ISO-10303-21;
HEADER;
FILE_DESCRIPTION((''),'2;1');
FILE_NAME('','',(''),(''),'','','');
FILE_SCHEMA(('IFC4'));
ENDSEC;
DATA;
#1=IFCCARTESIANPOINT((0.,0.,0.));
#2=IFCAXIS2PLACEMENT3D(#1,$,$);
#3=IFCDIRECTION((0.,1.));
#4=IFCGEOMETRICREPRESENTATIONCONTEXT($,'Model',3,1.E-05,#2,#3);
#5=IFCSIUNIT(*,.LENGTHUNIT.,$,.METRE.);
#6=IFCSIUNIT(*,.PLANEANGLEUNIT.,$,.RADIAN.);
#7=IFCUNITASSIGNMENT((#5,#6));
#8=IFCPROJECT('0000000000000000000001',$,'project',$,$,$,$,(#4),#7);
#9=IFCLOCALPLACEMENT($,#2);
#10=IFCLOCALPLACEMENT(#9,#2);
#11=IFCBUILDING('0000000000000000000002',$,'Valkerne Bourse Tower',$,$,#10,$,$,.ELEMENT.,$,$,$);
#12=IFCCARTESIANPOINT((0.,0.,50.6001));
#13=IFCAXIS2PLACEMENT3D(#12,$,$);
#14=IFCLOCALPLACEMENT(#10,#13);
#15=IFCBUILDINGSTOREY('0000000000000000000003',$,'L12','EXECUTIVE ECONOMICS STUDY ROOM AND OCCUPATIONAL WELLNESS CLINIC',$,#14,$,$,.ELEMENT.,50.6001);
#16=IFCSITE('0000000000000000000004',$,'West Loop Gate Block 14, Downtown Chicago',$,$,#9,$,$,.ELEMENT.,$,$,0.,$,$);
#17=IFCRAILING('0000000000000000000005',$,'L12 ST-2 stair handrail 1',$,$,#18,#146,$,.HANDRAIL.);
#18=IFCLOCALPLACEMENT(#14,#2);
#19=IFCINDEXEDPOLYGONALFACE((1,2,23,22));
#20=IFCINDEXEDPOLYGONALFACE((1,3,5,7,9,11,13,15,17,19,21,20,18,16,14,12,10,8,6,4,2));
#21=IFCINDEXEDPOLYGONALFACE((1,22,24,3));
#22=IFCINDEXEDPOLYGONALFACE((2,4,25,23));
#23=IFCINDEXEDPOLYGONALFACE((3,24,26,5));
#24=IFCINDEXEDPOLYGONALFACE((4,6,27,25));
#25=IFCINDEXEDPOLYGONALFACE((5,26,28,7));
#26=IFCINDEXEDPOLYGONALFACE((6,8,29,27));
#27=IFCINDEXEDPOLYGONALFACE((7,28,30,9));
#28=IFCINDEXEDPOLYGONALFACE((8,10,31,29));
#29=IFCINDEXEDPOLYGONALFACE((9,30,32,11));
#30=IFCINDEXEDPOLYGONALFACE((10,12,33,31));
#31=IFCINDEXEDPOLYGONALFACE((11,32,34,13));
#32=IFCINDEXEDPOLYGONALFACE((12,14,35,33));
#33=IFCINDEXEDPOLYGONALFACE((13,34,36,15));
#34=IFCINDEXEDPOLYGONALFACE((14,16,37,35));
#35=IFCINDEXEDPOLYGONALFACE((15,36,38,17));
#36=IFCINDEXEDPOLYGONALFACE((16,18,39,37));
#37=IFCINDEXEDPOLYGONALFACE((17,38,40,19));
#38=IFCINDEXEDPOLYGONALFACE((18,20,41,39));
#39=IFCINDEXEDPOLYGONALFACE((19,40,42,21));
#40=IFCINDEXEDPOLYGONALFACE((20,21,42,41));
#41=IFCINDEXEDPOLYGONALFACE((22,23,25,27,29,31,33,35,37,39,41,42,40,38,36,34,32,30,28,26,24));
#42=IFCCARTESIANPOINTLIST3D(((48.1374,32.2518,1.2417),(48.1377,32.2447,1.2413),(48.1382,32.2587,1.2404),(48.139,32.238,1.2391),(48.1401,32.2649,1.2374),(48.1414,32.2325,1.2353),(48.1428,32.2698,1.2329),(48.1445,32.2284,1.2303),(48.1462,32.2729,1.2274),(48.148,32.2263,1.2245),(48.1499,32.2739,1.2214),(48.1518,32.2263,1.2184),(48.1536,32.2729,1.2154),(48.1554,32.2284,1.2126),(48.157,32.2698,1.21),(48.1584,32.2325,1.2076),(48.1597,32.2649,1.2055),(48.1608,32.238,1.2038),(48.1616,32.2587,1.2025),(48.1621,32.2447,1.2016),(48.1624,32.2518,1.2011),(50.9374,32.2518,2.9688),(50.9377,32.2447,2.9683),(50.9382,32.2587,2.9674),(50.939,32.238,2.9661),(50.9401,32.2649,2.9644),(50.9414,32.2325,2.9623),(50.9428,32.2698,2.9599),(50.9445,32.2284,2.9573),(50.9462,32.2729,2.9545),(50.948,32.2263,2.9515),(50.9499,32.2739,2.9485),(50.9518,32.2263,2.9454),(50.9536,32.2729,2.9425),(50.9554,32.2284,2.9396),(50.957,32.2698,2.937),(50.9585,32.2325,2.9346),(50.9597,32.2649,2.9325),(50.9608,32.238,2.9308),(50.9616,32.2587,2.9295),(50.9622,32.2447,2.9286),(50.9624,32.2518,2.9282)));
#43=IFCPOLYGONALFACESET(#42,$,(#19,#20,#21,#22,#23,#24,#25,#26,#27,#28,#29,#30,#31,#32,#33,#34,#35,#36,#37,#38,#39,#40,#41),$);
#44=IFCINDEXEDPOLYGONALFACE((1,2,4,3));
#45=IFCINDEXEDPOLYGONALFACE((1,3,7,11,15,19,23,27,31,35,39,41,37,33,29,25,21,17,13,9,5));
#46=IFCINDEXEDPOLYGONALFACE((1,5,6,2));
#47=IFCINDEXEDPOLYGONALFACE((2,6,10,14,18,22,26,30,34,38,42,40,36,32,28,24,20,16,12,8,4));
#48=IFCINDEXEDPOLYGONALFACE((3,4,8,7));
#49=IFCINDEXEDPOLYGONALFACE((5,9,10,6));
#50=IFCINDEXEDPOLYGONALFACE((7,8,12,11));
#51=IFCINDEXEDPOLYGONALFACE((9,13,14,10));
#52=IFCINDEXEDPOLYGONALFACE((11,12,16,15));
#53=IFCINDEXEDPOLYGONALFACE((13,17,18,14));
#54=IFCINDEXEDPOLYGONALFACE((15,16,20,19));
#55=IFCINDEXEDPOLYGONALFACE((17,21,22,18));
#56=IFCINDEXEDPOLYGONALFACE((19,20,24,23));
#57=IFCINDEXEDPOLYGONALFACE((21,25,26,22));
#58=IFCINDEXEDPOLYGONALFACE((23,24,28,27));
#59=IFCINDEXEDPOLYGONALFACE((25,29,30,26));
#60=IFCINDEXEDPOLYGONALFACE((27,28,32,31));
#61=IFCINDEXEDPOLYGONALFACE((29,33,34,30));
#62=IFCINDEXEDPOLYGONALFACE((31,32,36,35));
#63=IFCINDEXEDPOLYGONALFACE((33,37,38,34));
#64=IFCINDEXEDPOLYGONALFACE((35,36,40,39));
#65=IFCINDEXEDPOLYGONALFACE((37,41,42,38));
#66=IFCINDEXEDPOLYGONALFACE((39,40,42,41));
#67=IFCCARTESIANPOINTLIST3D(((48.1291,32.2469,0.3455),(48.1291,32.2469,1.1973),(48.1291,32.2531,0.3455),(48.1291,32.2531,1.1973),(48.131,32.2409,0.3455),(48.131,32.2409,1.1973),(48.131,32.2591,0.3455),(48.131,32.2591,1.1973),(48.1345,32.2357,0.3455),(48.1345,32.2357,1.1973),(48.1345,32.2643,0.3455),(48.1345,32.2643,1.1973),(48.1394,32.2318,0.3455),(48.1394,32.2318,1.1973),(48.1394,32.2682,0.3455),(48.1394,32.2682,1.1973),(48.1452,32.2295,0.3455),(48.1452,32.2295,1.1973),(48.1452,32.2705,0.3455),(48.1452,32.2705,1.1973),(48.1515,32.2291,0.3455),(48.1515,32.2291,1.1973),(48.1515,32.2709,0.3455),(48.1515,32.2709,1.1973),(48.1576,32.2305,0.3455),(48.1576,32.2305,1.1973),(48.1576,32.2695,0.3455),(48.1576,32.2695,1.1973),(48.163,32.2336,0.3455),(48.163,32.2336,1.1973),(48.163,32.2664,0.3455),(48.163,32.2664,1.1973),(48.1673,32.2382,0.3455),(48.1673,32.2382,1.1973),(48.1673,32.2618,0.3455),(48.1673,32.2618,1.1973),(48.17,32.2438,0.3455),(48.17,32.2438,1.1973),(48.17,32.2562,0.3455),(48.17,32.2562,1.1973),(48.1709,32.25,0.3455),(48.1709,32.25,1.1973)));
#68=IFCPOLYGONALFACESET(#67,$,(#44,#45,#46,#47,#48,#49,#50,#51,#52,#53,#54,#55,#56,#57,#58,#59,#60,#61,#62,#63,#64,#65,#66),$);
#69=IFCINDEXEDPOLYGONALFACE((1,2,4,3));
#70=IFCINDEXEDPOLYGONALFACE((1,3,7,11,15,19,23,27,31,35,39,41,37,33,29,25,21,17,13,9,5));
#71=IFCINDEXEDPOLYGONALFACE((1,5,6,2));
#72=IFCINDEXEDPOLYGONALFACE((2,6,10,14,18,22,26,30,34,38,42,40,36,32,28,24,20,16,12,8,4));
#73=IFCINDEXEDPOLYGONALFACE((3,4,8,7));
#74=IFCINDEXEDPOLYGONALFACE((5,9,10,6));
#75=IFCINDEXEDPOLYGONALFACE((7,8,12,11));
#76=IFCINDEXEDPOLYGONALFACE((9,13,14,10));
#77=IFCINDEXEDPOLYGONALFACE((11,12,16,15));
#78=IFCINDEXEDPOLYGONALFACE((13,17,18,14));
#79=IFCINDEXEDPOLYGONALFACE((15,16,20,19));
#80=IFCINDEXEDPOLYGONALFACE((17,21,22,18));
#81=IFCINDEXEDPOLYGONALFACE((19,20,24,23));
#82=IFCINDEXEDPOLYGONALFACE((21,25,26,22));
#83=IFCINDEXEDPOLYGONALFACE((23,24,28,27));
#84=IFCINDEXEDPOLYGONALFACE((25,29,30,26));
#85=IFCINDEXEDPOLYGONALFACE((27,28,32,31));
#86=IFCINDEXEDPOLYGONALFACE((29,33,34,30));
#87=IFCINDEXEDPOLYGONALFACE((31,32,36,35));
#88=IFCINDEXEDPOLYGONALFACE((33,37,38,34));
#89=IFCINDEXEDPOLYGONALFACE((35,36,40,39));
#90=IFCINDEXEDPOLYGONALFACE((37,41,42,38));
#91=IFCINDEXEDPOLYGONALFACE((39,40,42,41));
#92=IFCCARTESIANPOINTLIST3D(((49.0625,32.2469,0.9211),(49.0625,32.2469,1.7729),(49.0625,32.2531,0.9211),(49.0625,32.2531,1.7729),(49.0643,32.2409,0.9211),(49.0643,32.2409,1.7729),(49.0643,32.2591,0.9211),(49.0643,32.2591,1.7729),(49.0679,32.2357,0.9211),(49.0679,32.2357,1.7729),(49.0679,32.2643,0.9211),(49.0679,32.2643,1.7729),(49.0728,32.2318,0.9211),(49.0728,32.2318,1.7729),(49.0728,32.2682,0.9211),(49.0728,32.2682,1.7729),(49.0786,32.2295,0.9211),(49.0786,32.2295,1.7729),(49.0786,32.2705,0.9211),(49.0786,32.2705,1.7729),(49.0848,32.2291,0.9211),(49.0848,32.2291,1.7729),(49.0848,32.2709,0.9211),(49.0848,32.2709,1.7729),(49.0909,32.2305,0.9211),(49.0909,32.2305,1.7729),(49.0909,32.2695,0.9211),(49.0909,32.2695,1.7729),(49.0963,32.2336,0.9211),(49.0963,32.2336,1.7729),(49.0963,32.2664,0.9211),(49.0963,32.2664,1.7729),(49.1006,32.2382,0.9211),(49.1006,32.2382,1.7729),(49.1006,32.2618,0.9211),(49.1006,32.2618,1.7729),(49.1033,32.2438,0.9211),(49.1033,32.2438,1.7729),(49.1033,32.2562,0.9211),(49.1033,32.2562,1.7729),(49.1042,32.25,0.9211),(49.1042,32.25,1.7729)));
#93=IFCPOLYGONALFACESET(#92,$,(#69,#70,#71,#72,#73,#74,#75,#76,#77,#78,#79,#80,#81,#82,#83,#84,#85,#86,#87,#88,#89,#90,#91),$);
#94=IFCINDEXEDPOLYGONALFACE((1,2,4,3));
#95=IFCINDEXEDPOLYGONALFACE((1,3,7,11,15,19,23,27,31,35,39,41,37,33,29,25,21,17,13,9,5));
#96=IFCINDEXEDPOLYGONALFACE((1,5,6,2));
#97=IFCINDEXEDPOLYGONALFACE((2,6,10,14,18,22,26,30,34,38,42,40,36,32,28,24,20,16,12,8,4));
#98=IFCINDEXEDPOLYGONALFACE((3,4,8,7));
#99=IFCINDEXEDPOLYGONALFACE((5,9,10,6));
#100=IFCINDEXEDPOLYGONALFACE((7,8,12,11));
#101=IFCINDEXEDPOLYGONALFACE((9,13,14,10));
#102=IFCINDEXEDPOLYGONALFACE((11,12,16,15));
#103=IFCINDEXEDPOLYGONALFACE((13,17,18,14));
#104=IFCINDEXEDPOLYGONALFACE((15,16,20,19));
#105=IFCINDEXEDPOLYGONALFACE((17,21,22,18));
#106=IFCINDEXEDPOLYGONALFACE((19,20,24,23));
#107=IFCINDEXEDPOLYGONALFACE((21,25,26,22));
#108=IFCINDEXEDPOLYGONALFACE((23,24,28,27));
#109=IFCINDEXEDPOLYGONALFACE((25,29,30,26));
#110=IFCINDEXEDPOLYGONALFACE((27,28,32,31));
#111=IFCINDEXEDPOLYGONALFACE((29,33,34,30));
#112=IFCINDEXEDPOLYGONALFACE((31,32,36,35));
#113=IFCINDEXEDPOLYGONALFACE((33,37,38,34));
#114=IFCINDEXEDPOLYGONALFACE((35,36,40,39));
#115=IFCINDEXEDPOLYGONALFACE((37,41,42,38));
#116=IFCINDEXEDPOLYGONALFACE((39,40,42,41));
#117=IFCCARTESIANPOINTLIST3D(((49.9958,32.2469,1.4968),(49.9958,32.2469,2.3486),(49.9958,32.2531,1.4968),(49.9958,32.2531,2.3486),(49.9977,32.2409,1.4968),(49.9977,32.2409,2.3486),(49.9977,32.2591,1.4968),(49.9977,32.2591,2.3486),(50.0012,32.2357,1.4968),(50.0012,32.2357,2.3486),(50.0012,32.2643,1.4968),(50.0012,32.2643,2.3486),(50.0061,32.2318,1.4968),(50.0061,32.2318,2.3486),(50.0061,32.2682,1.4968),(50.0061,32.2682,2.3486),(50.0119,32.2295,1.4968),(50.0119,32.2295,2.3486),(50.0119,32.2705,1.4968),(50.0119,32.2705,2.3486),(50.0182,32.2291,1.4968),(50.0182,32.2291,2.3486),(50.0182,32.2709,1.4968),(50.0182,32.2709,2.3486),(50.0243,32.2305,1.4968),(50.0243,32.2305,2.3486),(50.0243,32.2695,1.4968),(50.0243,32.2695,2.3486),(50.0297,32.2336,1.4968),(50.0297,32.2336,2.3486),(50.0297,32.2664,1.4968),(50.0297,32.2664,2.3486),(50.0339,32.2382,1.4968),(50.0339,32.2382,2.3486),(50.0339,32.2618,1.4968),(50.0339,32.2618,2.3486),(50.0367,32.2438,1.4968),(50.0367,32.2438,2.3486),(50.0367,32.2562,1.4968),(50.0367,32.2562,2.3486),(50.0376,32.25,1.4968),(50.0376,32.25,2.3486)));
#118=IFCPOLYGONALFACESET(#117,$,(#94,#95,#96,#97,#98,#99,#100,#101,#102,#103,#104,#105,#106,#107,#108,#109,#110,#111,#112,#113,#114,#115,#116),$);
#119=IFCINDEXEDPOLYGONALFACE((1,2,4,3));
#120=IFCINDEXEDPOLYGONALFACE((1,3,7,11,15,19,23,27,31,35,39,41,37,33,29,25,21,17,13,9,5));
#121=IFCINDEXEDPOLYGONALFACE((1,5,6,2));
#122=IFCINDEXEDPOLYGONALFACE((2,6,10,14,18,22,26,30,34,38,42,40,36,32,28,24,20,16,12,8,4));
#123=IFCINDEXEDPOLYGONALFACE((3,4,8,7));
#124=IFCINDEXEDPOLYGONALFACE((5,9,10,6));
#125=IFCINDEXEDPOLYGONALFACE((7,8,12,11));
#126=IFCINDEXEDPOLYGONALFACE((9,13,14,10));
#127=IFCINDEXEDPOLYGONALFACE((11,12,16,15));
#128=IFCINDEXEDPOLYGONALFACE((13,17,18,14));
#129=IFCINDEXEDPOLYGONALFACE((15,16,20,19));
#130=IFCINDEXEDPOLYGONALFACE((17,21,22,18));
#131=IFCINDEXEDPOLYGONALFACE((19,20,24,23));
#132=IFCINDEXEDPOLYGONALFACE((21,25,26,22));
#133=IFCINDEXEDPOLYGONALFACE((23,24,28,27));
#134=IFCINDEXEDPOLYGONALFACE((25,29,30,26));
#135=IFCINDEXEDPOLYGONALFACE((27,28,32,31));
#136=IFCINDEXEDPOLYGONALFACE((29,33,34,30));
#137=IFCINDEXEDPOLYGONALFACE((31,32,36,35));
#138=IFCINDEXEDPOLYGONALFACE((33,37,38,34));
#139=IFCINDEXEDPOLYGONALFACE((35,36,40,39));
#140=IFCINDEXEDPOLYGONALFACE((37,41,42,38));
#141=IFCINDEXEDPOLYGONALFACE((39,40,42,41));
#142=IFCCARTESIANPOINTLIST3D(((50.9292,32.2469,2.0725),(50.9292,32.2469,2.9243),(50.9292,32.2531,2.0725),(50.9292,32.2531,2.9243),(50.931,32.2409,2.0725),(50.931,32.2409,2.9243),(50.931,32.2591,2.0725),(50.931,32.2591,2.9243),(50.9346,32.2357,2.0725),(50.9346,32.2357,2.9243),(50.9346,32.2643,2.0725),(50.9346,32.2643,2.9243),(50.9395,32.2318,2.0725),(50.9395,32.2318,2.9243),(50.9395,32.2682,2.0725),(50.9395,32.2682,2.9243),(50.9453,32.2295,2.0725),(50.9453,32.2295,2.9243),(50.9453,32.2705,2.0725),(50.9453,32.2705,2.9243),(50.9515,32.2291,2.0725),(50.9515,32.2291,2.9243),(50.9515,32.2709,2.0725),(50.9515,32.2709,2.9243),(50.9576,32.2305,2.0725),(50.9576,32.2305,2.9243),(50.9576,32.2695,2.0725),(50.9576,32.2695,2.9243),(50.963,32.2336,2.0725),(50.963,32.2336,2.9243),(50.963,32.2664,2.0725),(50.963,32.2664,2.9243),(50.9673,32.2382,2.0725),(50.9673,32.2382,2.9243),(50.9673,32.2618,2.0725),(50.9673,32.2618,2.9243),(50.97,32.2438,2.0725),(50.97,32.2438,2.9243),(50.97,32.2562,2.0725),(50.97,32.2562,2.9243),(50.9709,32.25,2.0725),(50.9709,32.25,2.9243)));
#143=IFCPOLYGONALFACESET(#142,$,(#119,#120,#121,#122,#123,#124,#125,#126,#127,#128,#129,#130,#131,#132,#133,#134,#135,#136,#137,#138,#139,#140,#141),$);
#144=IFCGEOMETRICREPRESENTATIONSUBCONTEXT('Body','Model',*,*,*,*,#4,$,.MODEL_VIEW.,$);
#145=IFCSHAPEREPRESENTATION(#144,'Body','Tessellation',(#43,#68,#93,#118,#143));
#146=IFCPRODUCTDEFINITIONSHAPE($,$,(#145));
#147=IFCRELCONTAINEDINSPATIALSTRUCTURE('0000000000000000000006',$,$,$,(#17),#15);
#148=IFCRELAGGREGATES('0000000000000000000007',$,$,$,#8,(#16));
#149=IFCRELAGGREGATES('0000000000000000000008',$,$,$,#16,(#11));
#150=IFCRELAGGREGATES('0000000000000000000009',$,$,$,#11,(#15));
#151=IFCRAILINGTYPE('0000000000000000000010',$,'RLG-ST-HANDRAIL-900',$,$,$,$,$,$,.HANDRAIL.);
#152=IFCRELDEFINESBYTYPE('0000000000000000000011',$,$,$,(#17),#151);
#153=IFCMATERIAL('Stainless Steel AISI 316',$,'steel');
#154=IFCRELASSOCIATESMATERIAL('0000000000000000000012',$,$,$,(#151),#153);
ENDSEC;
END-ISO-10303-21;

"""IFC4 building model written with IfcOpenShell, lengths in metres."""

from ifc_helpers import new_model, si_unit, direction, frame, origin, origin_2d, place, context, subcontext, project, spatial, circle, extrude, material, type_object, element, save


model = new_model("IFC4")

# Units and contexts
model_context = context("Model", 3, precision=1e-05, world=origin(), true_north=direction((0.0, 1.0)))
body_context = subcontext(model_context, "Body", "Model", "MODEL_VIEW")
ifc_project = project(units=[si_unit("LENGTHUNIT", "METRE"), si_unit("PLANEANGLEUNIT", "RADIAN")], contexts=[model_context])

# Site, building, storey
site_placement = place(None, origin())
site = spatial("IfcSite", under=ifc_project, at=site_placement, Name="West Loop Gate Block 14, Downtown Chicago", CompositionType="ELEMENT", RefElevation=0.0)
building_placement = place(site_placement, origin())
building = spatial("IfcBuilding", under=site, at=building_placement, Name="Valkerne Bourse Tower", CompositionType="ELEMENT")
storey_placement = place(building_placement, frame((0.0, 0.0, 50.6001)))
storey = spatial("IfcBuildingStorey", under=building, at=storey_placement, Name="L12", Description="EXECUTIVE ECONOMICS STUDY ROOM AND OCCUPATIONAL WELLNESS CLINIC", CompositionType="ELEMENT", Elevation=50.6001)

# Shared definitions
ifc_material_1 = material(Name="Stainless Steel AISI 316", Category="steel")

# Railing
railing_type_1 = type_object("IfcRailingType", Name="RLG-ST-HANDRAIL-900", PredefinedType="HANDRAIL", material=ifc_material_1)
railing_1_placement = place(storey_placement, frame((48.1499, 32.25, 0.3455)))
element("IfcRailing", 1, at=railing_1_placement, inside=storey, type_object=railing_type_1, Name="L12 ST-2 stair handrail 1", PredefinedType="HANDRAIL", context=body_context, shape_type="SweptSolid", body=[
    extrude(circle(Radius=0.0239, at=origin_2d()), frame((0.0, 0.0, 0.876), z_axis=(0.851123, 0.0, 0.524967), x_axis=(0.0, 1.0, 0.0)), (0.0, 0.0, 1.0), 3.2898),
    extrude(circle(Radius=0.021, at=origin_2d()), origin(), (0.0, 0.0, 1.0), 0.8518),
    extrude(circle(Radius=0.021, at=origin_2d()), frame((0.9333, 0.0, 0.5757)), (0.0, 0.0, 1.0), 0.8518),
    extrude(circle(Radius=0.021, at=origin_2d()), frame((1.8667, 0.0, 1.1514)), (0.0, 0.0, 1.0), 0.8518),
    extrude(circle(Radius=0.021, at=origin_2d()), frame((2.8, 0.0, 1.7271)), (0.0, 0.0, 1.0), 0.8518),
])

save(model, "model.ifc")
